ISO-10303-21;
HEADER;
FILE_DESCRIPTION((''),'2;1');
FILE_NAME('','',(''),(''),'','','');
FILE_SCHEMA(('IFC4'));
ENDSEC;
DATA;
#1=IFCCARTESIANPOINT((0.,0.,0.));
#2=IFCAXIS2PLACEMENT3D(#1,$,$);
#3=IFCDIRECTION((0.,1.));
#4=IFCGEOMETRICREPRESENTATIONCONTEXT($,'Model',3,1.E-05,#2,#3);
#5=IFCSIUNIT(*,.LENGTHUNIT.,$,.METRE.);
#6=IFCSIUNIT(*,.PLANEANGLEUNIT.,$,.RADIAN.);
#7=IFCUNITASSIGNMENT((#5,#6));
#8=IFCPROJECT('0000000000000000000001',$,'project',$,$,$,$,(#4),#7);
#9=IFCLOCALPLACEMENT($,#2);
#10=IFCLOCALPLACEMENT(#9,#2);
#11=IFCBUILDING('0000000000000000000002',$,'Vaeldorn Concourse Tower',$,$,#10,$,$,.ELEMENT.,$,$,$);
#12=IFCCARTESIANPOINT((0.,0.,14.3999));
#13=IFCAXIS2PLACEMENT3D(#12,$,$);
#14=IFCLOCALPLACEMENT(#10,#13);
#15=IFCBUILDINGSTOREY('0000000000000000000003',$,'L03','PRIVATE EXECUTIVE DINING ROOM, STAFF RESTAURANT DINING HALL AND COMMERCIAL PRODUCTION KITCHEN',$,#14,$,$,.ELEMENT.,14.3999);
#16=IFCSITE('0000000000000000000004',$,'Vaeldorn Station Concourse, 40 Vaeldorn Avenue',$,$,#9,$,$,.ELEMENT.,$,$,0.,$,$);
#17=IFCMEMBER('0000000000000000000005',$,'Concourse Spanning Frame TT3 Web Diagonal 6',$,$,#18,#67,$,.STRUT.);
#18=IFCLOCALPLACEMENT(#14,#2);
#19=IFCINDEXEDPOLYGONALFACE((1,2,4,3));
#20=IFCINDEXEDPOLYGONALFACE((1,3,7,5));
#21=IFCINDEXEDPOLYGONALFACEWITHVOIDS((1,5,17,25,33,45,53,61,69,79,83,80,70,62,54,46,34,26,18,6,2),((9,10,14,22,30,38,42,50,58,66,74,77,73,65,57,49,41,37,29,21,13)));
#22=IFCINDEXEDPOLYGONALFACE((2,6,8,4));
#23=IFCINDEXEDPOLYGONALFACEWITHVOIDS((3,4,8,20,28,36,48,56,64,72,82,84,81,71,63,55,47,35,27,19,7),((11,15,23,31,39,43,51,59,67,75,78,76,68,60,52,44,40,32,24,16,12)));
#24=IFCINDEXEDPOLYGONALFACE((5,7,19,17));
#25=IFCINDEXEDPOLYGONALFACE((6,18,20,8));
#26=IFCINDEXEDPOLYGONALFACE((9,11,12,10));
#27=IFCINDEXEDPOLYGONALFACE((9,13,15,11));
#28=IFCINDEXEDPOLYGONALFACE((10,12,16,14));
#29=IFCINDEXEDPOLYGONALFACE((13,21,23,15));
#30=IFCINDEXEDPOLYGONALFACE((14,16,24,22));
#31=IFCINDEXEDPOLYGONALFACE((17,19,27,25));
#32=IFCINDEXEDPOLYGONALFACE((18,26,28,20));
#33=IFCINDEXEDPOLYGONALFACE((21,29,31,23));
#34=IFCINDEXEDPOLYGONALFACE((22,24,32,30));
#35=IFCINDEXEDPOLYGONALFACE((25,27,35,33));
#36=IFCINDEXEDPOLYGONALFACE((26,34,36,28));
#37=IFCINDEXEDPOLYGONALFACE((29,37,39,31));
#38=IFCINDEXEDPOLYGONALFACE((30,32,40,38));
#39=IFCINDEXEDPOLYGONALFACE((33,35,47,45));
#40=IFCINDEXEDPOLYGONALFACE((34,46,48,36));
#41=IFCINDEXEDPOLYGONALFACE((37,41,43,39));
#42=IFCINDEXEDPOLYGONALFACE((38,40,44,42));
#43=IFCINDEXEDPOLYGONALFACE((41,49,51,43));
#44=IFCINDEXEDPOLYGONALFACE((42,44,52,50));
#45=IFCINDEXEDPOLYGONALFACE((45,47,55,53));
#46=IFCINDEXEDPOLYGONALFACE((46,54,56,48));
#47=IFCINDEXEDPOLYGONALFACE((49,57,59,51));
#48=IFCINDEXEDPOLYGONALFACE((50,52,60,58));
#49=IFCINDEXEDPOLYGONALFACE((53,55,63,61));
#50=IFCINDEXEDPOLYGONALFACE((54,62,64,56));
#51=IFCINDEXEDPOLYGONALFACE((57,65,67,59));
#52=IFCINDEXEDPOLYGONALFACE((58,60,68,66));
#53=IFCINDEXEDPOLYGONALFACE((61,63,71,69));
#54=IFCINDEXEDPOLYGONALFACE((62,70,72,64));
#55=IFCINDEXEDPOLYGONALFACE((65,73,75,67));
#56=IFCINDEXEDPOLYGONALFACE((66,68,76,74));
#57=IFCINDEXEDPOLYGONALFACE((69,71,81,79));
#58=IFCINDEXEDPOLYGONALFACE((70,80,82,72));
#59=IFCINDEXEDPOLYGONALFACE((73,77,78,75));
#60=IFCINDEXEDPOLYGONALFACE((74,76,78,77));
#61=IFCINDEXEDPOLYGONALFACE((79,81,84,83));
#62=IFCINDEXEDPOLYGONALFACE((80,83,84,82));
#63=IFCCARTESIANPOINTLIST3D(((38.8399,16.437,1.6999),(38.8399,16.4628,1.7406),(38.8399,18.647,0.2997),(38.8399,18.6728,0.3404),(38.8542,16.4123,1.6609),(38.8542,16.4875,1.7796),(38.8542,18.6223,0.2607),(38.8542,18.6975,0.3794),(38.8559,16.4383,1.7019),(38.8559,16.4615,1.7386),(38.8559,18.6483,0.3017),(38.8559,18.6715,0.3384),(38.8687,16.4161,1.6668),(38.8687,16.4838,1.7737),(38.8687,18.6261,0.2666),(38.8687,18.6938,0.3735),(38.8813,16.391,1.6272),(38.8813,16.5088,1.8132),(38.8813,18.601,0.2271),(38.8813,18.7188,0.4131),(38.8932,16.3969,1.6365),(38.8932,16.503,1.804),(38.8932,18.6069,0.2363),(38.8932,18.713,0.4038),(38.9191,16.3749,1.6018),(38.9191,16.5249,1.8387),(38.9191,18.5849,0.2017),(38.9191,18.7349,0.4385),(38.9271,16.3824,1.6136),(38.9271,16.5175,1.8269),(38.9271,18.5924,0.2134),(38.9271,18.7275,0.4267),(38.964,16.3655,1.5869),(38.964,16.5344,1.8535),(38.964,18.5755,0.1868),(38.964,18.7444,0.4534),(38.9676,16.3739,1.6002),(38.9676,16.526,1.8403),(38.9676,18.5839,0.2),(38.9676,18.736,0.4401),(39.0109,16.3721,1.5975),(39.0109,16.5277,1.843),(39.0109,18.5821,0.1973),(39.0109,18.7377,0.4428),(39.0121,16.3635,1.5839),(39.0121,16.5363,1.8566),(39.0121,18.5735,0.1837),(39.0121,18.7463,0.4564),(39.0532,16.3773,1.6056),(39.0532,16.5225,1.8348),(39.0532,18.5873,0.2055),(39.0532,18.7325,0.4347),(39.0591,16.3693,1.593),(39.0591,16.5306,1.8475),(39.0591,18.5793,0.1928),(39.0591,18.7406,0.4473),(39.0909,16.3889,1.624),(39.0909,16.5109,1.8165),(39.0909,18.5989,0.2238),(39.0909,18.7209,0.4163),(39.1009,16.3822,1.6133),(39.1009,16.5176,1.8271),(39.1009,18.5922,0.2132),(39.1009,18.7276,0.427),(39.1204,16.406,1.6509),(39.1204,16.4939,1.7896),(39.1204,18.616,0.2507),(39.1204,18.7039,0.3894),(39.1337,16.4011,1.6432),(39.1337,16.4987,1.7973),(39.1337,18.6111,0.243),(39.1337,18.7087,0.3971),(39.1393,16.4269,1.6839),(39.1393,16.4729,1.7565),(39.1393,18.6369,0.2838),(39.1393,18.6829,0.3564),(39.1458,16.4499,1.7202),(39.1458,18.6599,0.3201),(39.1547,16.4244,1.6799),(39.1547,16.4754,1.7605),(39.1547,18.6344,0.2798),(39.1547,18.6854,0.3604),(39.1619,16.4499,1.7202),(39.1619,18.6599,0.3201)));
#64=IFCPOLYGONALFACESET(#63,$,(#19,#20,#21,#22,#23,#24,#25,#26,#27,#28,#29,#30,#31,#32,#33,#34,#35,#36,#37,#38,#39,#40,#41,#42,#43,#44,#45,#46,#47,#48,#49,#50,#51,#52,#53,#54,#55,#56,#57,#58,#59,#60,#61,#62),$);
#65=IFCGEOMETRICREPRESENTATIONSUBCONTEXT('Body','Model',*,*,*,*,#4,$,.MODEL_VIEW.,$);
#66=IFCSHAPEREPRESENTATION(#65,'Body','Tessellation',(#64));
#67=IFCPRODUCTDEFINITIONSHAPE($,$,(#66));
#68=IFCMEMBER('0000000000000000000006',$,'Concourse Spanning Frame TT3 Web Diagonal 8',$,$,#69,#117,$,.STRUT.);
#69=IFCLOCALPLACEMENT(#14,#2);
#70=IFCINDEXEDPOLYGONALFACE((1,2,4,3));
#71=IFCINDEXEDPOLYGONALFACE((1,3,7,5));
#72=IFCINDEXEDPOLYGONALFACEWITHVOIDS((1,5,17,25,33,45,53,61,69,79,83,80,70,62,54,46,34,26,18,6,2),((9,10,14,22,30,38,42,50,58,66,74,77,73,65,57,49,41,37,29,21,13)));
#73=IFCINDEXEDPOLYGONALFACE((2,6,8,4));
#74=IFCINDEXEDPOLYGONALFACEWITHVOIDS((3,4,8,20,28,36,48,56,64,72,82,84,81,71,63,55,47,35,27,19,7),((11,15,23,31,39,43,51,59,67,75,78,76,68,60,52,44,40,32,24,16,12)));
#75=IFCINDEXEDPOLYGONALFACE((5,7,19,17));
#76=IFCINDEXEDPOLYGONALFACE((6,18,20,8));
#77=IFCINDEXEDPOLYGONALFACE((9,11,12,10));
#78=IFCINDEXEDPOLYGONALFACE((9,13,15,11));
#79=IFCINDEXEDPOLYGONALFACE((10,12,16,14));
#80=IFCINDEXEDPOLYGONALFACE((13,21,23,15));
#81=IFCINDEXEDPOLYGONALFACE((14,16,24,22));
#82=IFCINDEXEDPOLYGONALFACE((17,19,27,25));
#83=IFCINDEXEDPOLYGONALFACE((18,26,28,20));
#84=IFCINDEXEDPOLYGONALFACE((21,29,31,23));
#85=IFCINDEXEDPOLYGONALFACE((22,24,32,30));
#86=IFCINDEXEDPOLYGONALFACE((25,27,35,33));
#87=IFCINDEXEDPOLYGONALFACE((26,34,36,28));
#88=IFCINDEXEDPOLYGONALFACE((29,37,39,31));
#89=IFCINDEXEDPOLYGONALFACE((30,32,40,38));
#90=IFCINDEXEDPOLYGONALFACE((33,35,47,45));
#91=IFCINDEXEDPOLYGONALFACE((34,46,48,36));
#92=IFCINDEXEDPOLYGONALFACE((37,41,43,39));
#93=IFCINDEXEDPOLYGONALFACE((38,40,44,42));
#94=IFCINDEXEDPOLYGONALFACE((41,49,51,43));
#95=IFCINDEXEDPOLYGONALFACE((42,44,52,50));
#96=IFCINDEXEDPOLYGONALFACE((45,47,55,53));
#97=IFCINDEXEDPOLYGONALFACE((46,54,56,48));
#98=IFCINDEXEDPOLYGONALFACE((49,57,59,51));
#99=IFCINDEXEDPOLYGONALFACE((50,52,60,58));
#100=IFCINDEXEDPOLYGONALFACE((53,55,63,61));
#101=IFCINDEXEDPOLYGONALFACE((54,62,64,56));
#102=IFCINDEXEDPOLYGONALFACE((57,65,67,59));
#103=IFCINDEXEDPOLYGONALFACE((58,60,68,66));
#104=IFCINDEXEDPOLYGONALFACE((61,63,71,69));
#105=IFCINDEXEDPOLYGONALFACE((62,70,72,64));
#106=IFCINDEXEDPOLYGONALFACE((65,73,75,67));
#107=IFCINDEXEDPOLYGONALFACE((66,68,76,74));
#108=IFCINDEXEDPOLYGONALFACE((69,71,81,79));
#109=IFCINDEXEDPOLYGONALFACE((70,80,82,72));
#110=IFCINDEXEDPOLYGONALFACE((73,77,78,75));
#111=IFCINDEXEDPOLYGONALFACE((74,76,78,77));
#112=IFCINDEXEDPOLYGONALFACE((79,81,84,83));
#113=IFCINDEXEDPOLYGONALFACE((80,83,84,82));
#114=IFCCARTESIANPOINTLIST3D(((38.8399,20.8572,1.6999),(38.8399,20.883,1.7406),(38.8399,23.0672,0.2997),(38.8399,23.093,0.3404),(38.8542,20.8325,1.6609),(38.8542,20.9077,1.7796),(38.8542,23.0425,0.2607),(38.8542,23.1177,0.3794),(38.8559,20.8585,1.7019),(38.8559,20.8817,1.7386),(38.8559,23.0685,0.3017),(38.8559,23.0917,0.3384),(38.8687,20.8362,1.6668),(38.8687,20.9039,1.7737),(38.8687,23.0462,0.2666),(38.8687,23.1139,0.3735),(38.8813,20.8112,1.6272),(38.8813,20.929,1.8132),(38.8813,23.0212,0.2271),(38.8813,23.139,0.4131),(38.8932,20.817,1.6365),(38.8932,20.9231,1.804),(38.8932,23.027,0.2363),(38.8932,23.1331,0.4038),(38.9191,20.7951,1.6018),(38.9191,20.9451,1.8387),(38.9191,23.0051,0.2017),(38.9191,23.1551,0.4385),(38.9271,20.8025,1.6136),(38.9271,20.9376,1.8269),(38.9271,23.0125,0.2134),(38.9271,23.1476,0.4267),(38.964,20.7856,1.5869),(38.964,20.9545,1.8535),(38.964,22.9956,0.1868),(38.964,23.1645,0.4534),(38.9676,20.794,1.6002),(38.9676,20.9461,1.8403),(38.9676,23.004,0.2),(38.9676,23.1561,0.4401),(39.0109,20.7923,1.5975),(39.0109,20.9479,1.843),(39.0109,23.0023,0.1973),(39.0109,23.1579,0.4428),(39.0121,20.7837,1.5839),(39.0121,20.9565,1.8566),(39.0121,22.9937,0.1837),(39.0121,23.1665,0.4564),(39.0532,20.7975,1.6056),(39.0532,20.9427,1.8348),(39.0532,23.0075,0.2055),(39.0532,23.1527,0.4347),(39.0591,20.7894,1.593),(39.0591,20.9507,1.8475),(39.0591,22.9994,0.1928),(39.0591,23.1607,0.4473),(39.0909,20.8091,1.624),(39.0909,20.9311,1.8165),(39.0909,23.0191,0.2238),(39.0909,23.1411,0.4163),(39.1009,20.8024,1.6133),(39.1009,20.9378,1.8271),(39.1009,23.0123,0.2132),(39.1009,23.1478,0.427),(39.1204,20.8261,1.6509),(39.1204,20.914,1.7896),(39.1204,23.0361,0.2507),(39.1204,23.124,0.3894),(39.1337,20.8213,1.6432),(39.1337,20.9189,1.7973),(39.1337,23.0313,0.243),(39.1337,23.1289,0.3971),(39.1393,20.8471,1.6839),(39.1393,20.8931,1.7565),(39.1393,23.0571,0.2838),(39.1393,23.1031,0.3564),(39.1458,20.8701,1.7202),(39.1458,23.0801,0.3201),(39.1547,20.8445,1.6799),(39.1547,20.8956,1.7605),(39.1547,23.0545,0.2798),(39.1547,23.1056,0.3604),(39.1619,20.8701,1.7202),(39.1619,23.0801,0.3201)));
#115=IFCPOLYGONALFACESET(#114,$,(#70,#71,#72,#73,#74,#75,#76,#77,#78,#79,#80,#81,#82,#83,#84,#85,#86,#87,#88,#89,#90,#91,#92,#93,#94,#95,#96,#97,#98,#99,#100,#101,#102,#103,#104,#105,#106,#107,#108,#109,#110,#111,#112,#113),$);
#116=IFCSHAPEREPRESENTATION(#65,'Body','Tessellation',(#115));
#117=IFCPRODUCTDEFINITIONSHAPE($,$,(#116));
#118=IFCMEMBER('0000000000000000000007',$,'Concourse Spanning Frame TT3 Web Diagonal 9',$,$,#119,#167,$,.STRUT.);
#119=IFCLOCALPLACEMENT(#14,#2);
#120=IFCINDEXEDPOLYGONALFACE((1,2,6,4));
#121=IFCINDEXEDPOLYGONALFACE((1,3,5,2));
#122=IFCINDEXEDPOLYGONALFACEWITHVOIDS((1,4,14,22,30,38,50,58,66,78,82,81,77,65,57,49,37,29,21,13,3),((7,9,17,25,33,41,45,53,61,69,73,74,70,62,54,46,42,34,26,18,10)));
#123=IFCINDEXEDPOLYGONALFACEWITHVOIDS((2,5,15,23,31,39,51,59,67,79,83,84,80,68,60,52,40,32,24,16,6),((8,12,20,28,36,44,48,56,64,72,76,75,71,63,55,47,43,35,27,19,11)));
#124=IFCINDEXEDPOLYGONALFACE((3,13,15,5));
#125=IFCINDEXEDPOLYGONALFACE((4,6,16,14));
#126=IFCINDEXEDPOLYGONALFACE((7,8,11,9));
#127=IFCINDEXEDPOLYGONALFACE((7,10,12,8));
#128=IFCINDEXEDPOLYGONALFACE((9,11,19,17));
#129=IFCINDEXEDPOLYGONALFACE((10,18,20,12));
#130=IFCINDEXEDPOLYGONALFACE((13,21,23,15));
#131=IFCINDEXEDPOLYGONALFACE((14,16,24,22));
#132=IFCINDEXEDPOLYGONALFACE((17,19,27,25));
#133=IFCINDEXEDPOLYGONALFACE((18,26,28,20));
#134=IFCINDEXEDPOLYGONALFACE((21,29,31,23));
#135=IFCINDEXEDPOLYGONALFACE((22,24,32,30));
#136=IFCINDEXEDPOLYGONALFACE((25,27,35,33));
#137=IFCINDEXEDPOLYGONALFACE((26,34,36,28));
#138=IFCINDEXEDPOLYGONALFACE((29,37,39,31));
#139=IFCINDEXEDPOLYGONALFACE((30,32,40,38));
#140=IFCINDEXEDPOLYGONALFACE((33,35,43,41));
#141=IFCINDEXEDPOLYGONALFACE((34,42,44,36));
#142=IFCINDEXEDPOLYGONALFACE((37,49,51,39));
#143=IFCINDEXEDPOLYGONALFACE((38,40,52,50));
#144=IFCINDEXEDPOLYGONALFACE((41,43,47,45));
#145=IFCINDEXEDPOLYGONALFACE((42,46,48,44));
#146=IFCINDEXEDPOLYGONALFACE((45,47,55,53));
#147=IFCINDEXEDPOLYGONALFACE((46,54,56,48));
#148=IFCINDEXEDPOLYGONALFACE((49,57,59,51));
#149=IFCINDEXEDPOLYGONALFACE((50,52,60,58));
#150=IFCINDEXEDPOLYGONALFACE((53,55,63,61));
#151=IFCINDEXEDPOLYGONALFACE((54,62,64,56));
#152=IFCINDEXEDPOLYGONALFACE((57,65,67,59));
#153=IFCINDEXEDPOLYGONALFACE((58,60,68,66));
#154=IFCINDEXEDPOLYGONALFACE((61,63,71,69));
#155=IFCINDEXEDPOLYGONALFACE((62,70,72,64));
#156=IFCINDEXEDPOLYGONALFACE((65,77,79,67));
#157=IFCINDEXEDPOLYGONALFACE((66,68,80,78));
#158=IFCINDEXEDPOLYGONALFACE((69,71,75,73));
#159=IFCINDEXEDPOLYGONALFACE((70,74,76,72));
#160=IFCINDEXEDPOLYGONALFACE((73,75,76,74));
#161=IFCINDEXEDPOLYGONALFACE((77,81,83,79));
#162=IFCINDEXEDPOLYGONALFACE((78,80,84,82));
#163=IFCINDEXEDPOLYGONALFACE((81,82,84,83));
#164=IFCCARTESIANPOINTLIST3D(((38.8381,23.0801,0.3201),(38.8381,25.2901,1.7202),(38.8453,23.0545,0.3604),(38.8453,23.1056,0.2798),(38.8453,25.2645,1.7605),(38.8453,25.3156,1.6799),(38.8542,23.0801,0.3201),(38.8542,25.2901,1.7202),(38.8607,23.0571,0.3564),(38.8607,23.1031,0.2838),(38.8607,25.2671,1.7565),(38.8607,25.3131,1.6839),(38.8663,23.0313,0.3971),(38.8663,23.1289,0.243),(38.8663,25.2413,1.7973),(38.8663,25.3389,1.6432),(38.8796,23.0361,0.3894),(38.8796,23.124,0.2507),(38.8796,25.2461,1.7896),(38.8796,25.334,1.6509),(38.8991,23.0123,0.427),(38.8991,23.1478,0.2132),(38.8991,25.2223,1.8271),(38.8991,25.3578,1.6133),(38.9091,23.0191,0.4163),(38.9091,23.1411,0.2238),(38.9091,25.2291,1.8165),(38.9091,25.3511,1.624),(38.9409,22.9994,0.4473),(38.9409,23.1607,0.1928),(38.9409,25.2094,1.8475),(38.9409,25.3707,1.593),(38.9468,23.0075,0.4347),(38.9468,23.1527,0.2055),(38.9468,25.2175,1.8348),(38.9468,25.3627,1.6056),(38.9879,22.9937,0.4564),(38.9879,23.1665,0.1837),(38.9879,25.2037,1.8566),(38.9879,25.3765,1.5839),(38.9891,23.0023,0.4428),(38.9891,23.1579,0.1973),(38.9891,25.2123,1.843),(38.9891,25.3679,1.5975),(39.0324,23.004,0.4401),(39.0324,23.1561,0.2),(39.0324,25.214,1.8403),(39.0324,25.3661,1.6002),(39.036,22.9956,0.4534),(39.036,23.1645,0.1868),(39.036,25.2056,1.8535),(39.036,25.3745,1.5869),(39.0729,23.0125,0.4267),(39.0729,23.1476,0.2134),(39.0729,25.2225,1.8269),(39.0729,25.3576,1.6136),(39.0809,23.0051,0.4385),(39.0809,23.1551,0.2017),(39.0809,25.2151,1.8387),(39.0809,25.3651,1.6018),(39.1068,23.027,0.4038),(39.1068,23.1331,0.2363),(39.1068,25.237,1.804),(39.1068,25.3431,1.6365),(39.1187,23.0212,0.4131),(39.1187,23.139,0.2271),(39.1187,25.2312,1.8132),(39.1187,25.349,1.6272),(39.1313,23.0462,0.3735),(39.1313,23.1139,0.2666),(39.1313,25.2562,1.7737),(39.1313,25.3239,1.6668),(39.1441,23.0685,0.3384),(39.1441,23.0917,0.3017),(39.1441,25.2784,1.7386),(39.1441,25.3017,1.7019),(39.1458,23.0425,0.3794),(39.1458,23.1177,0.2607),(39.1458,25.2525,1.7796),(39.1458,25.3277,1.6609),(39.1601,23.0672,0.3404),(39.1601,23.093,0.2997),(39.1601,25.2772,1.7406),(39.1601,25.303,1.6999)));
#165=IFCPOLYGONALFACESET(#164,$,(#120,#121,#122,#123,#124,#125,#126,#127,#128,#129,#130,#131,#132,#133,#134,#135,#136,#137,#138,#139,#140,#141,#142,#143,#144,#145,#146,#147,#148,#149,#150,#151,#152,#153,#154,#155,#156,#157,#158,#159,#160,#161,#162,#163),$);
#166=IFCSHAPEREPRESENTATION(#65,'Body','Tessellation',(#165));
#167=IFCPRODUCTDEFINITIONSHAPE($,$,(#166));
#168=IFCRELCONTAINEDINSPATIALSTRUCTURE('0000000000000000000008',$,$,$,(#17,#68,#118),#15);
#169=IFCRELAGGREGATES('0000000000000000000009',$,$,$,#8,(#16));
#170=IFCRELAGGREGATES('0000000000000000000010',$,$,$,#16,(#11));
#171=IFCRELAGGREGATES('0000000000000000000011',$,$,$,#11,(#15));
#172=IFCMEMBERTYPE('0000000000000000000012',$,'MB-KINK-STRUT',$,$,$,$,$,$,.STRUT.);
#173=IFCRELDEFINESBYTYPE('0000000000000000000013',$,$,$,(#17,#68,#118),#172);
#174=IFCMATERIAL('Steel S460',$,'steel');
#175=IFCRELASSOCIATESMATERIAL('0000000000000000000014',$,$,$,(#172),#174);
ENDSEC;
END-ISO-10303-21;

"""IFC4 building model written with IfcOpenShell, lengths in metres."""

from ifc_helpers import new_model, si_unit, direction, frame, origin, origin_2d, place, context, subcontext, project, spatial, hollow_circle, extrude, source, transform, mapped, material, material_profile, profile_set, type_object, element, save


model = new_model("IFC4")

# Units and contexts
model_context = context("Model", 3, precision=1e-05, world=origin(), true_north=direction((0.0, 1.0)))
body_context = subcontext(model_context, "Body", "Model", "MODEL_VIEW")
ifc_project = project(units=[si_unit("LENGTHUNIT", "METRE"), si_unit("PLANEANGLEUNIT", "RADIAN")], contexts=[model_context])

# Site, building, storey
site_placement = place(None, origin())
site = spatial("IfcSite", under=ifc_project, at=site_placement, Name="Vaeldorn Station Concourse, 40 Vaeldorn Avenue", CompositionType="ELEMENT", RefElevation=0.0)
building_placement = place(site_placement, origin())
building = spatial("IfcBuilding", under=site, at=building_placement, Name="Vaeldorn Concourse Tower", CompositionType="ELEMENT")
storey_placement = place(building_placement, frame((0.0, 0.0, 14.3999)))
storey = spatial("IfcBuildingStorey", under=building, at=storey_placement, Name="L03", Description="PRIVATE EXECUTIVE DINING ROOM, STAFF RESTAURANT DINING HALL AND COMMERCIAL PRODUCTION KITCHEN", CompositionType="ELEMENT", Elevation=14.3999)

# Shared definitions
ifc_material = material(Name="Steel S460", Category="steel")

# Members
ifc_material_profile_1 = material_profile(ifc_material, hollow_circle(Radius=0.1619, WallThickness=0.0161, at=origin_2d()), Name="CHS 323.9x16")
ifc_profile_set_1 = profile_set([ifc_material_profile_1], Name="Steel S460")
member_type = type_object("IfcMemberType", Name="MB-KINK-STRUT", PredefinedType="STRUT", material=ifc_profile_set_1)
shared_shape_1 = source(origin(), body_context, "Body", "SweptSolid", [
    extrude(hollow_circle(Radius=0.1619, WallThickness=0.0161, at=origin_2d()), origin(), (0.0, 0.0, 1.0), 2.6162),
])
for number, where, z_axis, x_axis, name in (
    (1, (39.0, 18.6599, 0.3201), (0.0, -0.844732, 0.53519), (1.0, 0.0, 0.0), "Concourse Spanning Frame TT3 Web Diagonal 6"),
    (2, (39.0, 23.0801, 0.3201), (0.0, -0.844732, 0.53519), (1.0, 0.0, 0.0), "Concourse Spanning Frame TT3 Web Diagonal 8"),
    (3, (39.0, 23.0801, 0.3201), (0.0, 0.844732, 0.53519), (-1.0, 0.0, 0.0), "Concourse Spanning Frame TT3 Web Diagonal 9"),
):
    element("IfcMember", number, at=place(storey_placement, frame(where, z_axis=z_axis, x_axis=x_axis)), inside=storey, type_object=member_type, Name=name, PredefinedType="STRUT", context=body_context, shape_type="MappedRepresentation", body=[
        mapped(shared_shape_1, transform((0.0, 0.0, 0.0), scale=1.0)),
    ])

save(model, "model.ifc")
